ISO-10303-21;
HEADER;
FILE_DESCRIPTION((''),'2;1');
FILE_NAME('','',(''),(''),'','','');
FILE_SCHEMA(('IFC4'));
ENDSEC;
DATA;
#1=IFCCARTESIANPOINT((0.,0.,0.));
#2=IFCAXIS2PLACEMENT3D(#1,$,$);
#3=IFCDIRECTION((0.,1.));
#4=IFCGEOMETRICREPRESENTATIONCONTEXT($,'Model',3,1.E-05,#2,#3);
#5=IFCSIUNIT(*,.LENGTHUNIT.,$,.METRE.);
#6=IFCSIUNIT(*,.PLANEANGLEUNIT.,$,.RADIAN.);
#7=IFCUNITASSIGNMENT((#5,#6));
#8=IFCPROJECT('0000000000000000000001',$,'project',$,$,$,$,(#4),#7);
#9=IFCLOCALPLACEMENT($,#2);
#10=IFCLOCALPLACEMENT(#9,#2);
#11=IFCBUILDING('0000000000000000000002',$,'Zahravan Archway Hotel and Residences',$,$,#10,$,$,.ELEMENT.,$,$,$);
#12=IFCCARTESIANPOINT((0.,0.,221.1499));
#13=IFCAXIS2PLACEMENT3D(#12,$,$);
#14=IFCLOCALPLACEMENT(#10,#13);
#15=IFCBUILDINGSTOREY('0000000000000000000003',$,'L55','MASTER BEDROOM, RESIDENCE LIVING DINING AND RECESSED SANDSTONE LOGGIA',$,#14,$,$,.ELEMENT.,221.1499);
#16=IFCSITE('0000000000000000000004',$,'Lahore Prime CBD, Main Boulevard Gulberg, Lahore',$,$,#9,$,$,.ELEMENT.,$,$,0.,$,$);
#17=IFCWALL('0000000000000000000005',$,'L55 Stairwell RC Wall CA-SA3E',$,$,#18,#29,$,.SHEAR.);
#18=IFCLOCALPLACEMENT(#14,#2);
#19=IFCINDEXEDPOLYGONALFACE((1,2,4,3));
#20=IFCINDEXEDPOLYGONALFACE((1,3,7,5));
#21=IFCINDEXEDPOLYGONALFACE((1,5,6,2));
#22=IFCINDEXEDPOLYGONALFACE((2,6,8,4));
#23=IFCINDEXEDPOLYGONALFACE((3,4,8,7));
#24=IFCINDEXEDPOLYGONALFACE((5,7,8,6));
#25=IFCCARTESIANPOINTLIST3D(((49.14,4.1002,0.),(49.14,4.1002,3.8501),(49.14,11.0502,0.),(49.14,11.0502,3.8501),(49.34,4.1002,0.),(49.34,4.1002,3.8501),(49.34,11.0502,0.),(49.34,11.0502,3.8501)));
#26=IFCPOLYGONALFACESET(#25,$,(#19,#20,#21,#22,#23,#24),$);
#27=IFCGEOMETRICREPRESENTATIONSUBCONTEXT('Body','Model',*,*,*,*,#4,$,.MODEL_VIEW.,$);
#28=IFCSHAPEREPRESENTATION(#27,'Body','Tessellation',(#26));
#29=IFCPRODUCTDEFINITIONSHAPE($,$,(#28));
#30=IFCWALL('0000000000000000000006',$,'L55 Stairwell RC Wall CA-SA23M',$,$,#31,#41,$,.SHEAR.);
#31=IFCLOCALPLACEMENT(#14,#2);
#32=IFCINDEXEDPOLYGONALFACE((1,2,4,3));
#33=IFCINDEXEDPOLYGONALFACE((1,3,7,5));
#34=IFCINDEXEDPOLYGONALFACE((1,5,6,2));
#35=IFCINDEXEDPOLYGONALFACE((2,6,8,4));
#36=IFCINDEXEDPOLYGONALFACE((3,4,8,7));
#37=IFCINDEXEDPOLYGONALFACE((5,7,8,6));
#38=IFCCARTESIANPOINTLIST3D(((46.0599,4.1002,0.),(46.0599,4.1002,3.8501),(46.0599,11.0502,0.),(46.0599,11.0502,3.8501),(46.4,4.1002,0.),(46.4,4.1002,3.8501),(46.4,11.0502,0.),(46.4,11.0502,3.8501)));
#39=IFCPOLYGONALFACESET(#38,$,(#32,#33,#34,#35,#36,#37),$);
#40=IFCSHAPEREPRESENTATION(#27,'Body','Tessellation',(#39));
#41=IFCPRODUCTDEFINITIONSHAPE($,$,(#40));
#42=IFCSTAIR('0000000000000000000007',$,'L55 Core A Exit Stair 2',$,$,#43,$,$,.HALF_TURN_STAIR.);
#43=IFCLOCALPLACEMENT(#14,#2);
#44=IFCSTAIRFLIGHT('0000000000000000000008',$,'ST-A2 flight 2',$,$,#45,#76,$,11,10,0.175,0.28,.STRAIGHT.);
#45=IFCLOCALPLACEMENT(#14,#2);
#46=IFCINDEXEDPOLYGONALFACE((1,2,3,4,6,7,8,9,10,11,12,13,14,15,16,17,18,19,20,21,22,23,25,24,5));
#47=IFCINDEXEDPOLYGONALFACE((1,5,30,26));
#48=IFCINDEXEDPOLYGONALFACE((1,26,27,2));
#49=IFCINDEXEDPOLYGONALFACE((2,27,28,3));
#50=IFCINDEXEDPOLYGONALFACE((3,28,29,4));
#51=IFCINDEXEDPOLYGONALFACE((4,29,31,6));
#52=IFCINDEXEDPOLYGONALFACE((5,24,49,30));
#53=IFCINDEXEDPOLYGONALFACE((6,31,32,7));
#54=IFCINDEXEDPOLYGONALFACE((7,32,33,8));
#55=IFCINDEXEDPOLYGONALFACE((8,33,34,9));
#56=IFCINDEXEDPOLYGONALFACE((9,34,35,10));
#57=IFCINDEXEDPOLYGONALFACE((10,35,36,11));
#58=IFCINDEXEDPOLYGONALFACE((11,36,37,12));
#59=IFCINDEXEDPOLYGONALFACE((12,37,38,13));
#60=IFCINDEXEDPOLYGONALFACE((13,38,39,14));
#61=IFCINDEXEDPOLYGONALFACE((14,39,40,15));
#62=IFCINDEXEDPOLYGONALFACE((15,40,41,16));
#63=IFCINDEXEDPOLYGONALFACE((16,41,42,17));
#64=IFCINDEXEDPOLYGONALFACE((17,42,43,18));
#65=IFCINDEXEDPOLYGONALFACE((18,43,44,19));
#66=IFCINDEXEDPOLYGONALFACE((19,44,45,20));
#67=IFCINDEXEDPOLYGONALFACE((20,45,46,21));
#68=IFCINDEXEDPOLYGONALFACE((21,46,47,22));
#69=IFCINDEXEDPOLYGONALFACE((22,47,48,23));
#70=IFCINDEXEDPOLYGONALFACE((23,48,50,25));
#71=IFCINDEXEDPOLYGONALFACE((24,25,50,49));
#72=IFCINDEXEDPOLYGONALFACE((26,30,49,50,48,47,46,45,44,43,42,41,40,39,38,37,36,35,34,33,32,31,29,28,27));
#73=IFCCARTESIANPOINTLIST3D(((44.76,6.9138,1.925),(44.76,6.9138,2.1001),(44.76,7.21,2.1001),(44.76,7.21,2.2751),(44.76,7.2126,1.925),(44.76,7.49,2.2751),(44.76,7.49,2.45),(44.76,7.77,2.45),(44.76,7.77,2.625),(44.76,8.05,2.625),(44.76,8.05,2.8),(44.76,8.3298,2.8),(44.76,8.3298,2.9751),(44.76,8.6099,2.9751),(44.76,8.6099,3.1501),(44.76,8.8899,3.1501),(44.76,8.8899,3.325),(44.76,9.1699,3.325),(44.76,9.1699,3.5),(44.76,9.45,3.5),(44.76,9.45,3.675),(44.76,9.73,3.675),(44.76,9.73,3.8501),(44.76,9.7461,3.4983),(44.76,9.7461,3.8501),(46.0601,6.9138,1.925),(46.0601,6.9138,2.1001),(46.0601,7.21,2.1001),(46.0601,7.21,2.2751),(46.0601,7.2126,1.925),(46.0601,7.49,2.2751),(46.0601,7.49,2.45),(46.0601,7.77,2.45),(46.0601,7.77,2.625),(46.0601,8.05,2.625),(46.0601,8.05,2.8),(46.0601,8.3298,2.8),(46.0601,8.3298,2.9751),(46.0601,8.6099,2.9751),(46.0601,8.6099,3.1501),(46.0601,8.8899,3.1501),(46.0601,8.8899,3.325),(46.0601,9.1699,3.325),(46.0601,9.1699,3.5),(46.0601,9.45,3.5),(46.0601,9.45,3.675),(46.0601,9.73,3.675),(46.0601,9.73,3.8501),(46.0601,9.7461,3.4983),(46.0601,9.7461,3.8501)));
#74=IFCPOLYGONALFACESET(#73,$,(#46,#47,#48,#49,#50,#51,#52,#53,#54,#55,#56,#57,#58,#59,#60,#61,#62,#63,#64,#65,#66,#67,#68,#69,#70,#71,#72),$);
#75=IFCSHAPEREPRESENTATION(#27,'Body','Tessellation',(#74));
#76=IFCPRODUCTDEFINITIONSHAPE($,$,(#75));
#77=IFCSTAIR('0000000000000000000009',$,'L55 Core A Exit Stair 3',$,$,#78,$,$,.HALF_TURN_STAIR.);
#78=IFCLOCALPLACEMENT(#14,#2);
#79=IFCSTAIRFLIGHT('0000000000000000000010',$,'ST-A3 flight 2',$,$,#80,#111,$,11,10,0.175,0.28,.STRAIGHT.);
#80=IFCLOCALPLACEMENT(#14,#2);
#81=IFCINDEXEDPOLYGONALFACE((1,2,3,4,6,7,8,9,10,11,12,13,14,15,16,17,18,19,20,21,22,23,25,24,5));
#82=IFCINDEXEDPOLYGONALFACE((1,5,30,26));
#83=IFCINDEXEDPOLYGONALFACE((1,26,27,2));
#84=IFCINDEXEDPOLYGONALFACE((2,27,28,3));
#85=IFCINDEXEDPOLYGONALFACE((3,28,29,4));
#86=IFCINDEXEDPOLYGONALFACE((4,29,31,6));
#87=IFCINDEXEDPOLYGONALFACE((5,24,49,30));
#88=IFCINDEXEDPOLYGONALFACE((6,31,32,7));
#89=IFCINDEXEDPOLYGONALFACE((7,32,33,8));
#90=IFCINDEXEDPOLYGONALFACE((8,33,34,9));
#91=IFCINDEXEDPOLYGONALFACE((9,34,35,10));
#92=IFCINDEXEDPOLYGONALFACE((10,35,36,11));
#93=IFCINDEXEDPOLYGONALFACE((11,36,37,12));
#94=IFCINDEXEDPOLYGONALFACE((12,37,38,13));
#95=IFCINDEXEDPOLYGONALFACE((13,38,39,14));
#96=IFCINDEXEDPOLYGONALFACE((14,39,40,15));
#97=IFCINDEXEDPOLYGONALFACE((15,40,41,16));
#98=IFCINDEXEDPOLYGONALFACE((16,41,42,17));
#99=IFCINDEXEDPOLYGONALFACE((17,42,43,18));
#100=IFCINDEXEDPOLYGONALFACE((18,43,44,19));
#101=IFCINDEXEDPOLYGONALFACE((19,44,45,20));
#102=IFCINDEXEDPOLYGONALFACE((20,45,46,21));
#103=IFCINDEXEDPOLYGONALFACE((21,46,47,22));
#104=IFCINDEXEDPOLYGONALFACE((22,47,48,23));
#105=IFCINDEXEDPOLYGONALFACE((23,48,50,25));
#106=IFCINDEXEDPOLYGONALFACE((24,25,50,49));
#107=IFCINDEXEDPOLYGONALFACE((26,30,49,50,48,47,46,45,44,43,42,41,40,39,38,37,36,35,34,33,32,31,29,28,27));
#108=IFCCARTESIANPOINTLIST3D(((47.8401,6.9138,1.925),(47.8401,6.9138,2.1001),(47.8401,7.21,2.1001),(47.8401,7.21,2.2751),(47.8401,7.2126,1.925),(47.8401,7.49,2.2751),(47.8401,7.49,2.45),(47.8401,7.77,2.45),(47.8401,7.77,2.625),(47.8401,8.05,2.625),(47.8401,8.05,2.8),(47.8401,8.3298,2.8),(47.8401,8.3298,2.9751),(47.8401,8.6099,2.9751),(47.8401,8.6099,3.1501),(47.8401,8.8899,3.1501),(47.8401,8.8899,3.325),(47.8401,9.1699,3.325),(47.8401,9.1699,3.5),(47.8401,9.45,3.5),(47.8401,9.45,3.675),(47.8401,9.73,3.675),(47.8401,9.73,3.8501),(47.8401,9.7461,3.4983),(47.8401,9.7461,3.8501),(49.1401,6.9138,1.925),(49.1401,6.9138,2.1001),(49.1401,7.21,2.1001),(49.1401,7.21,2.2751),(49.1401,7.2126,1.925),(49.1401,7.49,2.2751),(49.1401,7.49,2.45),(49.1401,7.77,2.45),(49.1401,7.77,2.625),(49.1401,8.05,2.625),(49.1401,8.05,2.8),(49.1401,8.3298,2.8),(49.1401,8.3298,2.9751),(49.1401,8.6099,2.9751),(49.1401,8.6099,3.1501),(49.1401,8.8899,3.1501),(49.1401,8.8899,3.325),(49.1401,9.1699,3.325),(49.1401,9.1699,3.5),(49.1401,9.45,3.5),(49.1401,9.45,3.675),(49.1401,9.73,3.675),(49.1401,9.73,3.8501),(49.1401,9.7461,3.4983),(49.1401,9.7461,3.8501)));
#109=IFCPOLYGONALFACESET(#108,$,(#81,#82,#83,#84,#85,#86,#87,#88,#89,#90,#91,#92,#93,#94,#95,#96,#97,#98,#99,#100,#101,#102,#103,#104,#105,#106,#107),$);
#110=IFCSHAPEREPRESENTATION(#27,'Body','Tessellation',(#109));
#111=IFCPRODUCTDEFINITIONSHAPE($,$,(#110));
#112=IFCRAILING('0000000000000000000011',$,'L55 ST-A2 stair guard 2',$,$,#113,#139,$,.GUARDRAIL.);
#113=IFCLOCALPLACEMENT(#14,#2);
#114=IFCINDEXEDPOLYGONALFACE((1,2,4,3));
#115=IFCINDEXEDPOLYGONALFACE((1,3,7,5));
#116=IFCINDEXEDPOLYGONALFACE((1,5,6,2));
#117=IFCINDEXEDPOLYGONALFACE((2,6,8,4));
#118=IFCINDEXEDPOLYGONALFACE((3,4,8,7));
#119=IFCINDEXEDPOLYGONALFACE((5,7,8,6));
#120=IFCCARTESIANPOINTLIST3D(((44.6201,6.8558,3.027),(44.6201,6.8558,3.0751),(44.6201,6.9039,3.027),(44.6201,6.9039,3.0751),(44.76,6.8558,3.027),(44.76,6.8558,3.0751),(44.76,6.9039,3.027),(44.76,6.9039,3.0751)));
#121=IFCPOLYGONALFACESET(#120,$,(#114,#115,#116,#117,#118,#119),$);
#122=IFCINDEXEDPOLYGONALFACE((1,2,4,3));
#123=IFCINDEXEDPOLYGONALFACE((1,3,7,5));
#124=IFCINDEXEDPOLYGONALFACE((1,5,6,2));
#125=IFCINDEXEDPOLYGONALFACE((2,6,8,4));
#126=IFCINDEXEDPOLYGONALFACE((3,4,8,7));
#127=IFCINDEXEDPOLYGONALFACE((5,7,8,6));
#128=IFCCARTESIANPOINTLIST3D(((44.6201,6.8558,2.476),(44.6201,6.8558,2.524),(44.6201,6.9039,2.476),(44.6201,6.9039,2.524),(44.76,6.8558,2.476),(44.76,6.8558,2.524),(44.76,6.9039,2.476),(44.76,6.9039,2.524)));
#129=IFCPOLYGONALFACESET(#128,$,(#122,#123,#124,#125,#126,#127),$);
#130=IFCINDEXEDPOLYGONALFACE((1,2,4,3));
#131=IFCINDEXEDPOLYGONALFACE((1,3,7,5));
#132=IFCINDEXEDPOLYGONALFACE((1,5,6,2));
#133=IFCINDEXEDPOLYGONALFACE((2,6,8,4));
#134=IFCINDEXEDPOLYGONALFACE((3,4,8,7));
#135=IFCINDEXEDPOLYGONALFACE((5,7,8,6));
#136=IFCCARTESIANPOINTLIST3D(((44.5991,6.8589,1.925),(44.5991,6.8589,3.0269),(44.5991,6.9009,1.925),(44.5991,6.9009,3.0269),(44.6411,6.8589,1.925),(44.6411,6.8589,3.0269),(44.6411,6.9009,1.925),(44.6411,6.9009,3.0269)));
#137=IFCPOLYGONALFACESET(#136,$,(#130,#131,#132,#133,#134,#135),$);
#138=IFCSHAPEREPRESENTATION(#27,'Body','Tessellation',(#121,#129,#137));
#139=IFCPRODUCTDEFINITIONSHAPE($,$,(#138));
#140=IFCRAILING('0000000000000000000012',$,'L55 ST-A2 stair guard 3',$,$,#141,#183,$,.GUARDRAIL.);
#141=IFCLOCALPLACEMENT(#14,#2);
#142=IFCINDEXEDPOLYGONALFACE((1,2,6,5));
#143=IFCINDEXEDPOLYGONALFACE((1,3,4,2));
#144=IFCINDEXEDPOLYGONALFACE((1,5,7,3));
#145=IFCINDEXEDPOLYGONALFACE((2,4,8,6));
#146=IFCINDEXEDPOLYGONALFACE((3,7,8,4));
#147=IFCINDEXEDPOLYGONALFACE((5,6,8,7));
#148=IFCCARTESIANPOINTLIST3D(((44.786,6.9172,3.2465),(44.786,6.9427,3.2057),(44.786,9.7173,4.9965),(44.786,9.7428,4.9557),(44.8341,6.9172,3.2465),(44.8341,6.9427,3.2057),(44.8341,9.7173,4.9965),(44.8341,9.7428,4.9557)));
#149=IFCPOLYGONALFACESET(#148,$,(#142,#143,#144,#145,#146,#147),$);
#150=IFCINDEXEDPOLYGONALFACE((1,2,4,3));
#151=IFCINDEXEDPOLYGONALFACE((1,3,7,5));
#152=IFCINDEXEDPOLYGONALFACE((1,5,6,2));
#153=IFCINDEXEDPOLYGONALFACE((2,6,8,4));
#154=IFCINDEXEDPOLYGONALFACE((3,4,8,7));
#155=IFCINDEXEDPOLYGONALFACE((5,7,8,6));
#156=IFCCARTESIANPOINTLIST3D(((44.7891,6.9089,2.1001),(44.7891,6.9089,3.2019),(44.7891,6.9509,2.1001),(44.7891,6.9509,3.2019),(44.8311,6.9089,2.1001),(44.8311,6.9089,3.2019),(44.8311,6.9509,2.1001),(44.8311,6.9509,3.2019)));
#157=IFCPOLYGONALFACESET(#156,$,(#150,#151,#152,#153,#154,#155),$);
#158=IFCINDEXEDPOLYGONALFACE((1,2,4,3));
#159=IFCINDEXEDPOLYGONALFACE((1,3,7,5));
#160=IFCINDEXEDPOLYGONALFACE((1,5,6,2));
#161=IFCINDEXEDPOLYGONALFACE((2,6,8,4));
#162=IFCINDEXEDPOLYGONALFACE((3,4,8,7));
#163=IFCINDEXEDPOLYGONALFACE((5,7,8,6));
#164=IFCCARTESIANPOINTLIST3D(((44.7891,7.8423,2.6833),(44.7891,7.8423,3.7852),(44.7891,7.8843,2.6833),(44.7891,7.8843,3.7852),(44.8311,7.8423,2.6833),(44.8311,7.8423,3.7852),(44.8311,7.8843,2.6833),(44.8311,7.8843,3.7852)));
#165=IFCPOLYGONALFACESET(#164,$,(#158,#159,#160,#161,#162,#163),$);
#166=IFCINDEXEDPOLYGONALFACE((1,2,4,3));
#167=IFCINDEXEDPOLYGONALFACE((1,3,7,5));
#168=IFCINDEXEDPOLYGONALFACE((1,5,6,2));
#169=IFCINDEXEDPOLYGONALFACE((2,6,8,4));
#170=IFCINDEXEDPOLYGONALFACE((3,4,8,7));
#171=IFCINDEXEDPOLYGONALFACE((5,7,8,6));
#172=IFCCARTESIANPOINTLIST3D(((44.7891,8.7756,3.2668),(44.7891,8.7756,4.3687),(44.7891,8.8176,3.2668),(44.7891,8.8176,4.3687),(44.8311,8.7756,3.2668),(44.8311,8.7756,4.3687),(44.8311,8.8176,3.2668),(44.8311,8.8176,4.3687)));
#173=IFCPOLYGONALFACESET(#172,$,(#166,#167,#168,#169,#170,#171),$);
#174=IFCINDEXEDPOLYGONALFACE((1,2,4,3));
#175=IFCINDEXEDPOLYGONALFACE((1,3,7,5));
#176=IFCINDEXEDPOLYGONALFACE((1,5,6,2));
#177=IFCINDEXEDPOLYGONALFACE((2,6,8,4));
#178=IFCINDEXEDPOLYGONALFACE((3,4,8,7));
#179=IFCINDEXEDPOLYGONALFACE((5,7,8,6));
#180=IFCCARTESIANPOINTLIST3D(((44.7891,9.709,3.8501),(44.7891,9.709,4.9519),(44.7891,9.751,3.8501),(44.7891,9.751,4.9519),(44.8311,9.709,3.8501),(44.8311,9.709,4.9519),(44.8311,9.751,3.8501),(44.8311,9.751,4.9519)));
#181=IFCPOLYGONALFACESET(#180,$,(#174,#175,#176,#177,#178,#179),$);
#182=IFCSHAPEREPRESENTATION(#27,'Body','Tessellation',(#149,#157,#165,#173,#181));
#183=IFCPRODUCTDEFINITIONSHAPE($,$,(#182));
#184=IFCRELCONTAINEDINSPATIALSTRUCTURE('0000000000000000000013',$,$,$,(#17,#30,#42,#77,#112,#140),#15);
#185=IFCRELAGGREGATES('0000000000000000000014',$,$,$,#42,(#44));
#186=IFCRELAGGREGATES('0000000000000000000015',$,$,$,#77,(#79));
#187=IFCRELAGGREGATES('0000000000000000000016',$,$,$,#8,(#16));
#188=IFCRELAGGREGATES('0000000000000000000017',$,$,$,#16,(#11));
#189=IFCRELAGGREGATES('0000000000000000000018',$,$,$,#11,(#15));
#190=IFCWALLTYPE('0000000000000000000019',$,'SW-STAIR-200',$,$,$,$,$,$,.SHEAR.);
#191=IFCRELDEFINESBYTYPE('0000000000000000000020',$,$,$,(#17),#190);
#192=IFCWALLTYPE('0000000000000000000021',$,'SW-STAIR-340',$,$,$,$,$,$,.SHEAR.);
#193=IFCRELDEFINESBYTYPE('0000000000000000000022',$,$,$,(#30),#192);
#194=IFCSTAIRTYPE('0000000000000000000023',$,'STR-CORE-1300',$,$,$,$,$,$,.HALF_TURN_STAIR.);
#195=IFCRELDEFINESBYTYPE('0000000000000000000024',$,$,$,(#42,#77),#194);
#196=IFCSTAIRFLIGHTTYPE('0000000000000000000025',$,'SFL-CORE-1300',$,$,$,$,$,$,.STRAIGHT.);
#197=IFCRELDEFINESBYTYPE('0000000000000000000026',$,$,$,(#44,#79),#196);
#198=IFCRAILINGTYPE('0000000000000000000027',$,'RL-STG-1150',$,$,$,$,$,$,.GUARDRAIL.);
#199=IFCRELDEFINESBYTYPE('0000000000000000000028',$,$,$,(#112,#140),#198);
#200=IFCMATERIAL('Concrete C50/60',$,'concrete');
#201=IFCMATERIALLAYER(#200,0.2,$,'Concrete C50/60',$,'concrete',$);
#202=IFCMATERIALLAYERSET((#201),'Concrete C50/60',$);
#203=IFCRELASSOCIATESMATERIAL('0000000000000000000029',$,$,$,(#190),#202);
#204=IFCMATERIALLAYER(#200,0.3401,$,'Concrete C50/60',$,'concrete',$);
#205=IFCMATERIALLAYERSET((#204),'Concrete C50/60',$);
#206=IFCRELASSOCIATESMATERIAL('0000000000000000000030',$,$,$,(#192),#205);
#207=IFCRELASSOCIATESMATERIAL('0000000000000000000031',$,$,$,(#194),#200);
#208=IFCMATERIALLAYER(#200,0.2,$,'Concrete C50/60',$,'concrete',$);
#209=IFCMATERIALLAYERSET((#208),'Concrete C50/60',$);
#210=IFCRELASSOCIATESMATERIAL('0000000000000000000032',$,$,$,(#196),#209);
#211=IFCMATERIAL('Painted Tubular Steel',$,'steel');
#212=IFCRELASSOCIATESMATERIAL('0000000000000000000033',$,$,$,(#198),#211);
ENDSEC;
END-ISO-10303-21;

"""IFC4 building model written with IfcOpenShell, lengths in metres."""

from ifc_helpers import new_model, si_unit, direction, frame, frame_2d, origin, origin_2d, place, context, subcontext, project, spatial, polyline, rectangle, outline, extrude, source, transform, mapped, material, layer, layer_set, type_object, element, aggregate, save


model = new_model("IFC4")

# Units and contexts
model_context = context("Model", 3, precision=1e-05, world=origin(), true_north=direction((0.0, 1.0)))
body_context = subcontext(model_context, "Body", "Model", "MODEL_VIEW")
ifc_project = project(units=[si_unit("LENGTHUNIT", "METRE"), si_unit("PLANEANGLEUNIT", "RADIAN")], contexts=[model_context])

# Site, building, storey
site_placement = place(None, origin())
site = spatial("IfcSite", under=ifc_project, at=site_placement, Name="Lahore Prime CBD, Main Boulevard Gulberg, Lahore", CompositionType="ELEMENT", RefElevation=0.0)
building_placement = place(site_placement, origin())
building = spatial("IfcBuilding", under=site, at=building_placement, Name="Zahravan Archway Hotel and Residences", CompositionType="ELEMENT")
storey_placement = place(building_placement, frame((0.0, 0.0, 221.1499)))
storey = spatial("IfcBuildingStorey", under=building, at=storey_placement, Name="L55", Description="MASTER BEDROOM, RESIDENCE LIVING DINING AND RECESSED SANDSTONE LOGGIA", CompositionType="ELEMENT", Elevation=221.1499)

# Walls
ifc_material_1 = material(Name="Concrete C50/60", Category="concrete")
ifc_layer_1 = layer(ifc_material_1, 0.2, Name="Concrete C50/60", Category="concrete")
ifc_layer_set_1 = layer_set([ifc_layer_1], Name="Concrete C50/60")
wall_type_1 = type_object("IfcWallType", Name="SW-STAIR-200", PredefinedType="SHEAR", material=ifc_layer_set_1)
for number, where, z_axis, x_axis, name in (
    (1, (49.24, 4.1001, 0.0), (0.0, 0.0, 1.0), (0.0, 1.0, 0.0), "L55 Stairwell RC Wall CA-SA3E"),
):
    element("IfcWall", number, at=place(storey_placement, frame(where, z_axis=z_axis, x_axis=x_axis)), inside=storey, type_object=wall_type_1, Name=name, PredefinedType="SHEAR", context=body_context, shape_type="SweptSolid", body=[
        extrude(rectangle(XDim=6.95, YDim=0.2, at=frame_2d((3.4751, 0.0))), origin(), (0.0, 0.0, 1.0), 3.8501),
    ])
ifc_layer_2 = layer(ifc_material_1, 0.3401, Name="Concrete C50/60", Category="concrete")
ifc_layer_set_2 = layer_set([ifc_layer_2], Name="Concrete C50/60")
wall_type_2 = type_object("IfcWallType", Name="SW-STAIR-340", PredefinedType="SHEAR", material=ifc_layer_set_2)
wall_1_placement = place(storey_placement, frame((46.23, 4.1001, 0.0), z_axis=(0.0, 0.0, 1.0), x_axis=(0.0, 1.0, 0.0)))
element("IfcWall", 2, at=wall_1_placement, inside=storey, type_object=wall_type_2, Name="L55 Stairwell RC Wall CA-SA23M", PredefinedType="SHEAR", context=body_context, shape_type="SweptSolid", body=[
    extrude(rectangle(XDim=6.95, YDim=0.3401, at=frame_2d((3.4751, 0.0))), origin(), (0.0, 0.0, 1.0), 3.8501),
])

# Stairs, stair flights
stair_type = type_object("IfcStairType", Name="STR-CORE-1300", PredefinedType="HALF_TURN_STAIR", material=ifc_material_1)
stair_1_placement = place(storey_placement, origin())
stair_1 = element("IfcStair", 3, at=stair_1_placement, inside=storey, type_object=stair_type, Name="L55 Core A Exit Stair 2", PredefinedType="HALF_TURN_STAIR")
ifc_layer_3 = layer(ifc_material_1, 0.2, Name="Concrete C50/60", Category="concrete")
ifc_layer_set_3 = layer_set([ifc_layer_3], Name="Concrete C50/60")
stair_flight_type = type_object("IfcStairFlightType", Name="SFL-CORE-1300", PredefinedType="STRAIGHT", material=ifc_layer_set_3)
shared_shape_1 = source(origin(), body_context, "Body", "SweptSolid", [
    extrude(outline(polyline([(-0.0161, 0.0), (-0.0161, 0.175), (0.28, 0.175), (0.28, 0.3501), (0.5601, 0.3501), (0.5601, 0.5249), (0.8401, 0.5249), (0.8401, 0.7), (1.1201, 0.7), (1.1201, 0.875), (1.3999, 0.875), (1.3999, 1.05), (1.6799, 1.05), (1.6799, 1.2251), (1.96, 1.2251), (1.96, 1.3999), (2.24, 1.3999), (2.24, 1.575), (2.52, 1.575), (2.52, 1.75), (2.8, 1.75), (2.8, 1.925), (2.8162, 1.925), (2.8162, 1.5732), (0.2827, 0.0), (-0.0161, 0.0)])), frame((0.0, 0.6499, 0.0), z_axis=(0.0, -1.0, 0.0), x_axis=(1.0, 0.0, 0.0)), (0.0, 0.0, 1.0), 1.3),
])
stair_flight_1_placement = place(storey_placement, frame((45.4099, 6.9299, 1.925), z_axis=(0.0, 0.0, 1.0), x_axis=(0.0, 1.0, 0.0)))
stair_flight_1 = element("IfcStairFlight", 4, at=stair_flight_1_placement, type_object=stair_flight_type, Name="ST-A2 flight 2", NumberOfRisers=11, NumberOfTreads=10, PredefinedType="STRAIGHT", RiserHeight=0.175, TreadLength=0.28, context=body_context, shape_type="MappedRepresentation", body=[
    mapped(shared_shape_1, transform((0.0, 0.0, 0.0), scale=1.0)),
])
aggregate(stair_1, [stair_flight_1])
stair_2_placement = place(storey_placement, origin())
stair_2 = element("IfcStair", 5, at=stair_2_placement, inside=storey, type_object=stair_type, Name="L55 Core A Exit Stair 3", PredefinedType="HALF_TURN_STAIR")
stair_flight_2_placement = place(storey_placement, frame((48.49, 6.9299, 1.925), z_axis=(0.0, 0.0, 1.0), x_axis=(0.0, 1.0, 0.0)))
stair_flight_2 = element("IfcStairFlight", 6, at=stair_flight_2_placement, type_object=stair_flight_type, Name="ST-A3 flight 2", NumberOfRisers=11, NumberOfTreads=10, PredefinedType="STRAIGHT", RiserHeight=0.175, TreadLength=0.28, context=body_context, shape_type="MappedRepresentation", body=[
    mapped(shared_shape_1, transform((0.0, 0.0, 0.0), scale=1.0)),
])
aggregate(stair_2, [stair_flight_2])

# Railings
ifc_material_2 = material(Name="Painted Tubular Steel", Category="steel")
railing_type_1 = type_object("IfcRailingType", Name="RL-STG-1150", PredefinedType="GUARDRAIL", material=ifc_material_2)
railing_1_placement = place(storey_placement, frame((44.6201, 6.8799, 1.925)))
element("IfcRailing", 7, at=railing_1_placement, inside=storey, type_object=railing_type_1, Name="L55 ST-A2 stair guard 2", PredefinedType="GUARDRAIL", context=body_context, shape_type="SweptSolid", body=[
    extrude(rectangle(XDim=0.0481, YDim=0.0481, at=origin_2d()), frame((0.0, 0.0, 1.126), z_axis=(1.0, 0.0, 0.0), x_axis=(0.0, 1.0, 0.0)), (0.0, 0.0, 1.0), 0.1399),
    extrude(rectangle(XDim=0.0481, YDim=0.0481, at=origin_2d()), frame((0.0, 0.0, 0.575), z_axis=(1.0, 0.0, 0.0), x_axis=(0.0, 1.0, 0.0)), (0.0, 0.0, 1.0), 0.1399),
    extrude(rectangle(XDim=0.042, YDim=0.042, at=origin_2d()), origin(), (0.0, 0.0, 1.0), 1.1018),
])
railing_2_placement = place(storey_placement, frame((44.8101, 6.9299, 2.1001)))
element("IfcRailing", 8, at=railing_2_placement, inside=storey, type_object=railing_type_1, Name="L55 ST-A2 stair guard 3", PredefinedType="GUARDRAIL", context=body_context, shape_type="SweptSolid", body=[
    extrude(rectangle(XDim=0.0481, YDim=0.0481, at=origin_2d()), frame((0.0, 0.0, 1.126), z_axis=(0.0, 0.848002, 0.529992), x_axis=(-1.0, 0.0, 0.0)), (0.0, 0.0, 1.0), 3.302),
    extrude(rectangle(XDim=0.042, YDim=0.042, at=origin_2d()), origin(), (0.0, 0.0, 1.0), 1.1018),
    extrude(rectangle(XDim=0.042, YDim=0.042, at=origin_2d()), frame((0.0, 0.9333, 0.5833)), (0.0, 0.0, 1.0), 1.1018),
    extrude(rectangle(XDim=0.042, YDim=0.042, at=origin_2d()), frame((0.0, 1.8667, 1.1667)), (0.0, 0.0, 1.0), 1.1018),
    extrude(rectangle(XDim=0.042, YDim=0.042, at=origin_2d()), frame((0.0, 2.8, 1.75)), (0.0, 0.0, 1.0), 1.1018),
])

save(model, "model.ifc")
